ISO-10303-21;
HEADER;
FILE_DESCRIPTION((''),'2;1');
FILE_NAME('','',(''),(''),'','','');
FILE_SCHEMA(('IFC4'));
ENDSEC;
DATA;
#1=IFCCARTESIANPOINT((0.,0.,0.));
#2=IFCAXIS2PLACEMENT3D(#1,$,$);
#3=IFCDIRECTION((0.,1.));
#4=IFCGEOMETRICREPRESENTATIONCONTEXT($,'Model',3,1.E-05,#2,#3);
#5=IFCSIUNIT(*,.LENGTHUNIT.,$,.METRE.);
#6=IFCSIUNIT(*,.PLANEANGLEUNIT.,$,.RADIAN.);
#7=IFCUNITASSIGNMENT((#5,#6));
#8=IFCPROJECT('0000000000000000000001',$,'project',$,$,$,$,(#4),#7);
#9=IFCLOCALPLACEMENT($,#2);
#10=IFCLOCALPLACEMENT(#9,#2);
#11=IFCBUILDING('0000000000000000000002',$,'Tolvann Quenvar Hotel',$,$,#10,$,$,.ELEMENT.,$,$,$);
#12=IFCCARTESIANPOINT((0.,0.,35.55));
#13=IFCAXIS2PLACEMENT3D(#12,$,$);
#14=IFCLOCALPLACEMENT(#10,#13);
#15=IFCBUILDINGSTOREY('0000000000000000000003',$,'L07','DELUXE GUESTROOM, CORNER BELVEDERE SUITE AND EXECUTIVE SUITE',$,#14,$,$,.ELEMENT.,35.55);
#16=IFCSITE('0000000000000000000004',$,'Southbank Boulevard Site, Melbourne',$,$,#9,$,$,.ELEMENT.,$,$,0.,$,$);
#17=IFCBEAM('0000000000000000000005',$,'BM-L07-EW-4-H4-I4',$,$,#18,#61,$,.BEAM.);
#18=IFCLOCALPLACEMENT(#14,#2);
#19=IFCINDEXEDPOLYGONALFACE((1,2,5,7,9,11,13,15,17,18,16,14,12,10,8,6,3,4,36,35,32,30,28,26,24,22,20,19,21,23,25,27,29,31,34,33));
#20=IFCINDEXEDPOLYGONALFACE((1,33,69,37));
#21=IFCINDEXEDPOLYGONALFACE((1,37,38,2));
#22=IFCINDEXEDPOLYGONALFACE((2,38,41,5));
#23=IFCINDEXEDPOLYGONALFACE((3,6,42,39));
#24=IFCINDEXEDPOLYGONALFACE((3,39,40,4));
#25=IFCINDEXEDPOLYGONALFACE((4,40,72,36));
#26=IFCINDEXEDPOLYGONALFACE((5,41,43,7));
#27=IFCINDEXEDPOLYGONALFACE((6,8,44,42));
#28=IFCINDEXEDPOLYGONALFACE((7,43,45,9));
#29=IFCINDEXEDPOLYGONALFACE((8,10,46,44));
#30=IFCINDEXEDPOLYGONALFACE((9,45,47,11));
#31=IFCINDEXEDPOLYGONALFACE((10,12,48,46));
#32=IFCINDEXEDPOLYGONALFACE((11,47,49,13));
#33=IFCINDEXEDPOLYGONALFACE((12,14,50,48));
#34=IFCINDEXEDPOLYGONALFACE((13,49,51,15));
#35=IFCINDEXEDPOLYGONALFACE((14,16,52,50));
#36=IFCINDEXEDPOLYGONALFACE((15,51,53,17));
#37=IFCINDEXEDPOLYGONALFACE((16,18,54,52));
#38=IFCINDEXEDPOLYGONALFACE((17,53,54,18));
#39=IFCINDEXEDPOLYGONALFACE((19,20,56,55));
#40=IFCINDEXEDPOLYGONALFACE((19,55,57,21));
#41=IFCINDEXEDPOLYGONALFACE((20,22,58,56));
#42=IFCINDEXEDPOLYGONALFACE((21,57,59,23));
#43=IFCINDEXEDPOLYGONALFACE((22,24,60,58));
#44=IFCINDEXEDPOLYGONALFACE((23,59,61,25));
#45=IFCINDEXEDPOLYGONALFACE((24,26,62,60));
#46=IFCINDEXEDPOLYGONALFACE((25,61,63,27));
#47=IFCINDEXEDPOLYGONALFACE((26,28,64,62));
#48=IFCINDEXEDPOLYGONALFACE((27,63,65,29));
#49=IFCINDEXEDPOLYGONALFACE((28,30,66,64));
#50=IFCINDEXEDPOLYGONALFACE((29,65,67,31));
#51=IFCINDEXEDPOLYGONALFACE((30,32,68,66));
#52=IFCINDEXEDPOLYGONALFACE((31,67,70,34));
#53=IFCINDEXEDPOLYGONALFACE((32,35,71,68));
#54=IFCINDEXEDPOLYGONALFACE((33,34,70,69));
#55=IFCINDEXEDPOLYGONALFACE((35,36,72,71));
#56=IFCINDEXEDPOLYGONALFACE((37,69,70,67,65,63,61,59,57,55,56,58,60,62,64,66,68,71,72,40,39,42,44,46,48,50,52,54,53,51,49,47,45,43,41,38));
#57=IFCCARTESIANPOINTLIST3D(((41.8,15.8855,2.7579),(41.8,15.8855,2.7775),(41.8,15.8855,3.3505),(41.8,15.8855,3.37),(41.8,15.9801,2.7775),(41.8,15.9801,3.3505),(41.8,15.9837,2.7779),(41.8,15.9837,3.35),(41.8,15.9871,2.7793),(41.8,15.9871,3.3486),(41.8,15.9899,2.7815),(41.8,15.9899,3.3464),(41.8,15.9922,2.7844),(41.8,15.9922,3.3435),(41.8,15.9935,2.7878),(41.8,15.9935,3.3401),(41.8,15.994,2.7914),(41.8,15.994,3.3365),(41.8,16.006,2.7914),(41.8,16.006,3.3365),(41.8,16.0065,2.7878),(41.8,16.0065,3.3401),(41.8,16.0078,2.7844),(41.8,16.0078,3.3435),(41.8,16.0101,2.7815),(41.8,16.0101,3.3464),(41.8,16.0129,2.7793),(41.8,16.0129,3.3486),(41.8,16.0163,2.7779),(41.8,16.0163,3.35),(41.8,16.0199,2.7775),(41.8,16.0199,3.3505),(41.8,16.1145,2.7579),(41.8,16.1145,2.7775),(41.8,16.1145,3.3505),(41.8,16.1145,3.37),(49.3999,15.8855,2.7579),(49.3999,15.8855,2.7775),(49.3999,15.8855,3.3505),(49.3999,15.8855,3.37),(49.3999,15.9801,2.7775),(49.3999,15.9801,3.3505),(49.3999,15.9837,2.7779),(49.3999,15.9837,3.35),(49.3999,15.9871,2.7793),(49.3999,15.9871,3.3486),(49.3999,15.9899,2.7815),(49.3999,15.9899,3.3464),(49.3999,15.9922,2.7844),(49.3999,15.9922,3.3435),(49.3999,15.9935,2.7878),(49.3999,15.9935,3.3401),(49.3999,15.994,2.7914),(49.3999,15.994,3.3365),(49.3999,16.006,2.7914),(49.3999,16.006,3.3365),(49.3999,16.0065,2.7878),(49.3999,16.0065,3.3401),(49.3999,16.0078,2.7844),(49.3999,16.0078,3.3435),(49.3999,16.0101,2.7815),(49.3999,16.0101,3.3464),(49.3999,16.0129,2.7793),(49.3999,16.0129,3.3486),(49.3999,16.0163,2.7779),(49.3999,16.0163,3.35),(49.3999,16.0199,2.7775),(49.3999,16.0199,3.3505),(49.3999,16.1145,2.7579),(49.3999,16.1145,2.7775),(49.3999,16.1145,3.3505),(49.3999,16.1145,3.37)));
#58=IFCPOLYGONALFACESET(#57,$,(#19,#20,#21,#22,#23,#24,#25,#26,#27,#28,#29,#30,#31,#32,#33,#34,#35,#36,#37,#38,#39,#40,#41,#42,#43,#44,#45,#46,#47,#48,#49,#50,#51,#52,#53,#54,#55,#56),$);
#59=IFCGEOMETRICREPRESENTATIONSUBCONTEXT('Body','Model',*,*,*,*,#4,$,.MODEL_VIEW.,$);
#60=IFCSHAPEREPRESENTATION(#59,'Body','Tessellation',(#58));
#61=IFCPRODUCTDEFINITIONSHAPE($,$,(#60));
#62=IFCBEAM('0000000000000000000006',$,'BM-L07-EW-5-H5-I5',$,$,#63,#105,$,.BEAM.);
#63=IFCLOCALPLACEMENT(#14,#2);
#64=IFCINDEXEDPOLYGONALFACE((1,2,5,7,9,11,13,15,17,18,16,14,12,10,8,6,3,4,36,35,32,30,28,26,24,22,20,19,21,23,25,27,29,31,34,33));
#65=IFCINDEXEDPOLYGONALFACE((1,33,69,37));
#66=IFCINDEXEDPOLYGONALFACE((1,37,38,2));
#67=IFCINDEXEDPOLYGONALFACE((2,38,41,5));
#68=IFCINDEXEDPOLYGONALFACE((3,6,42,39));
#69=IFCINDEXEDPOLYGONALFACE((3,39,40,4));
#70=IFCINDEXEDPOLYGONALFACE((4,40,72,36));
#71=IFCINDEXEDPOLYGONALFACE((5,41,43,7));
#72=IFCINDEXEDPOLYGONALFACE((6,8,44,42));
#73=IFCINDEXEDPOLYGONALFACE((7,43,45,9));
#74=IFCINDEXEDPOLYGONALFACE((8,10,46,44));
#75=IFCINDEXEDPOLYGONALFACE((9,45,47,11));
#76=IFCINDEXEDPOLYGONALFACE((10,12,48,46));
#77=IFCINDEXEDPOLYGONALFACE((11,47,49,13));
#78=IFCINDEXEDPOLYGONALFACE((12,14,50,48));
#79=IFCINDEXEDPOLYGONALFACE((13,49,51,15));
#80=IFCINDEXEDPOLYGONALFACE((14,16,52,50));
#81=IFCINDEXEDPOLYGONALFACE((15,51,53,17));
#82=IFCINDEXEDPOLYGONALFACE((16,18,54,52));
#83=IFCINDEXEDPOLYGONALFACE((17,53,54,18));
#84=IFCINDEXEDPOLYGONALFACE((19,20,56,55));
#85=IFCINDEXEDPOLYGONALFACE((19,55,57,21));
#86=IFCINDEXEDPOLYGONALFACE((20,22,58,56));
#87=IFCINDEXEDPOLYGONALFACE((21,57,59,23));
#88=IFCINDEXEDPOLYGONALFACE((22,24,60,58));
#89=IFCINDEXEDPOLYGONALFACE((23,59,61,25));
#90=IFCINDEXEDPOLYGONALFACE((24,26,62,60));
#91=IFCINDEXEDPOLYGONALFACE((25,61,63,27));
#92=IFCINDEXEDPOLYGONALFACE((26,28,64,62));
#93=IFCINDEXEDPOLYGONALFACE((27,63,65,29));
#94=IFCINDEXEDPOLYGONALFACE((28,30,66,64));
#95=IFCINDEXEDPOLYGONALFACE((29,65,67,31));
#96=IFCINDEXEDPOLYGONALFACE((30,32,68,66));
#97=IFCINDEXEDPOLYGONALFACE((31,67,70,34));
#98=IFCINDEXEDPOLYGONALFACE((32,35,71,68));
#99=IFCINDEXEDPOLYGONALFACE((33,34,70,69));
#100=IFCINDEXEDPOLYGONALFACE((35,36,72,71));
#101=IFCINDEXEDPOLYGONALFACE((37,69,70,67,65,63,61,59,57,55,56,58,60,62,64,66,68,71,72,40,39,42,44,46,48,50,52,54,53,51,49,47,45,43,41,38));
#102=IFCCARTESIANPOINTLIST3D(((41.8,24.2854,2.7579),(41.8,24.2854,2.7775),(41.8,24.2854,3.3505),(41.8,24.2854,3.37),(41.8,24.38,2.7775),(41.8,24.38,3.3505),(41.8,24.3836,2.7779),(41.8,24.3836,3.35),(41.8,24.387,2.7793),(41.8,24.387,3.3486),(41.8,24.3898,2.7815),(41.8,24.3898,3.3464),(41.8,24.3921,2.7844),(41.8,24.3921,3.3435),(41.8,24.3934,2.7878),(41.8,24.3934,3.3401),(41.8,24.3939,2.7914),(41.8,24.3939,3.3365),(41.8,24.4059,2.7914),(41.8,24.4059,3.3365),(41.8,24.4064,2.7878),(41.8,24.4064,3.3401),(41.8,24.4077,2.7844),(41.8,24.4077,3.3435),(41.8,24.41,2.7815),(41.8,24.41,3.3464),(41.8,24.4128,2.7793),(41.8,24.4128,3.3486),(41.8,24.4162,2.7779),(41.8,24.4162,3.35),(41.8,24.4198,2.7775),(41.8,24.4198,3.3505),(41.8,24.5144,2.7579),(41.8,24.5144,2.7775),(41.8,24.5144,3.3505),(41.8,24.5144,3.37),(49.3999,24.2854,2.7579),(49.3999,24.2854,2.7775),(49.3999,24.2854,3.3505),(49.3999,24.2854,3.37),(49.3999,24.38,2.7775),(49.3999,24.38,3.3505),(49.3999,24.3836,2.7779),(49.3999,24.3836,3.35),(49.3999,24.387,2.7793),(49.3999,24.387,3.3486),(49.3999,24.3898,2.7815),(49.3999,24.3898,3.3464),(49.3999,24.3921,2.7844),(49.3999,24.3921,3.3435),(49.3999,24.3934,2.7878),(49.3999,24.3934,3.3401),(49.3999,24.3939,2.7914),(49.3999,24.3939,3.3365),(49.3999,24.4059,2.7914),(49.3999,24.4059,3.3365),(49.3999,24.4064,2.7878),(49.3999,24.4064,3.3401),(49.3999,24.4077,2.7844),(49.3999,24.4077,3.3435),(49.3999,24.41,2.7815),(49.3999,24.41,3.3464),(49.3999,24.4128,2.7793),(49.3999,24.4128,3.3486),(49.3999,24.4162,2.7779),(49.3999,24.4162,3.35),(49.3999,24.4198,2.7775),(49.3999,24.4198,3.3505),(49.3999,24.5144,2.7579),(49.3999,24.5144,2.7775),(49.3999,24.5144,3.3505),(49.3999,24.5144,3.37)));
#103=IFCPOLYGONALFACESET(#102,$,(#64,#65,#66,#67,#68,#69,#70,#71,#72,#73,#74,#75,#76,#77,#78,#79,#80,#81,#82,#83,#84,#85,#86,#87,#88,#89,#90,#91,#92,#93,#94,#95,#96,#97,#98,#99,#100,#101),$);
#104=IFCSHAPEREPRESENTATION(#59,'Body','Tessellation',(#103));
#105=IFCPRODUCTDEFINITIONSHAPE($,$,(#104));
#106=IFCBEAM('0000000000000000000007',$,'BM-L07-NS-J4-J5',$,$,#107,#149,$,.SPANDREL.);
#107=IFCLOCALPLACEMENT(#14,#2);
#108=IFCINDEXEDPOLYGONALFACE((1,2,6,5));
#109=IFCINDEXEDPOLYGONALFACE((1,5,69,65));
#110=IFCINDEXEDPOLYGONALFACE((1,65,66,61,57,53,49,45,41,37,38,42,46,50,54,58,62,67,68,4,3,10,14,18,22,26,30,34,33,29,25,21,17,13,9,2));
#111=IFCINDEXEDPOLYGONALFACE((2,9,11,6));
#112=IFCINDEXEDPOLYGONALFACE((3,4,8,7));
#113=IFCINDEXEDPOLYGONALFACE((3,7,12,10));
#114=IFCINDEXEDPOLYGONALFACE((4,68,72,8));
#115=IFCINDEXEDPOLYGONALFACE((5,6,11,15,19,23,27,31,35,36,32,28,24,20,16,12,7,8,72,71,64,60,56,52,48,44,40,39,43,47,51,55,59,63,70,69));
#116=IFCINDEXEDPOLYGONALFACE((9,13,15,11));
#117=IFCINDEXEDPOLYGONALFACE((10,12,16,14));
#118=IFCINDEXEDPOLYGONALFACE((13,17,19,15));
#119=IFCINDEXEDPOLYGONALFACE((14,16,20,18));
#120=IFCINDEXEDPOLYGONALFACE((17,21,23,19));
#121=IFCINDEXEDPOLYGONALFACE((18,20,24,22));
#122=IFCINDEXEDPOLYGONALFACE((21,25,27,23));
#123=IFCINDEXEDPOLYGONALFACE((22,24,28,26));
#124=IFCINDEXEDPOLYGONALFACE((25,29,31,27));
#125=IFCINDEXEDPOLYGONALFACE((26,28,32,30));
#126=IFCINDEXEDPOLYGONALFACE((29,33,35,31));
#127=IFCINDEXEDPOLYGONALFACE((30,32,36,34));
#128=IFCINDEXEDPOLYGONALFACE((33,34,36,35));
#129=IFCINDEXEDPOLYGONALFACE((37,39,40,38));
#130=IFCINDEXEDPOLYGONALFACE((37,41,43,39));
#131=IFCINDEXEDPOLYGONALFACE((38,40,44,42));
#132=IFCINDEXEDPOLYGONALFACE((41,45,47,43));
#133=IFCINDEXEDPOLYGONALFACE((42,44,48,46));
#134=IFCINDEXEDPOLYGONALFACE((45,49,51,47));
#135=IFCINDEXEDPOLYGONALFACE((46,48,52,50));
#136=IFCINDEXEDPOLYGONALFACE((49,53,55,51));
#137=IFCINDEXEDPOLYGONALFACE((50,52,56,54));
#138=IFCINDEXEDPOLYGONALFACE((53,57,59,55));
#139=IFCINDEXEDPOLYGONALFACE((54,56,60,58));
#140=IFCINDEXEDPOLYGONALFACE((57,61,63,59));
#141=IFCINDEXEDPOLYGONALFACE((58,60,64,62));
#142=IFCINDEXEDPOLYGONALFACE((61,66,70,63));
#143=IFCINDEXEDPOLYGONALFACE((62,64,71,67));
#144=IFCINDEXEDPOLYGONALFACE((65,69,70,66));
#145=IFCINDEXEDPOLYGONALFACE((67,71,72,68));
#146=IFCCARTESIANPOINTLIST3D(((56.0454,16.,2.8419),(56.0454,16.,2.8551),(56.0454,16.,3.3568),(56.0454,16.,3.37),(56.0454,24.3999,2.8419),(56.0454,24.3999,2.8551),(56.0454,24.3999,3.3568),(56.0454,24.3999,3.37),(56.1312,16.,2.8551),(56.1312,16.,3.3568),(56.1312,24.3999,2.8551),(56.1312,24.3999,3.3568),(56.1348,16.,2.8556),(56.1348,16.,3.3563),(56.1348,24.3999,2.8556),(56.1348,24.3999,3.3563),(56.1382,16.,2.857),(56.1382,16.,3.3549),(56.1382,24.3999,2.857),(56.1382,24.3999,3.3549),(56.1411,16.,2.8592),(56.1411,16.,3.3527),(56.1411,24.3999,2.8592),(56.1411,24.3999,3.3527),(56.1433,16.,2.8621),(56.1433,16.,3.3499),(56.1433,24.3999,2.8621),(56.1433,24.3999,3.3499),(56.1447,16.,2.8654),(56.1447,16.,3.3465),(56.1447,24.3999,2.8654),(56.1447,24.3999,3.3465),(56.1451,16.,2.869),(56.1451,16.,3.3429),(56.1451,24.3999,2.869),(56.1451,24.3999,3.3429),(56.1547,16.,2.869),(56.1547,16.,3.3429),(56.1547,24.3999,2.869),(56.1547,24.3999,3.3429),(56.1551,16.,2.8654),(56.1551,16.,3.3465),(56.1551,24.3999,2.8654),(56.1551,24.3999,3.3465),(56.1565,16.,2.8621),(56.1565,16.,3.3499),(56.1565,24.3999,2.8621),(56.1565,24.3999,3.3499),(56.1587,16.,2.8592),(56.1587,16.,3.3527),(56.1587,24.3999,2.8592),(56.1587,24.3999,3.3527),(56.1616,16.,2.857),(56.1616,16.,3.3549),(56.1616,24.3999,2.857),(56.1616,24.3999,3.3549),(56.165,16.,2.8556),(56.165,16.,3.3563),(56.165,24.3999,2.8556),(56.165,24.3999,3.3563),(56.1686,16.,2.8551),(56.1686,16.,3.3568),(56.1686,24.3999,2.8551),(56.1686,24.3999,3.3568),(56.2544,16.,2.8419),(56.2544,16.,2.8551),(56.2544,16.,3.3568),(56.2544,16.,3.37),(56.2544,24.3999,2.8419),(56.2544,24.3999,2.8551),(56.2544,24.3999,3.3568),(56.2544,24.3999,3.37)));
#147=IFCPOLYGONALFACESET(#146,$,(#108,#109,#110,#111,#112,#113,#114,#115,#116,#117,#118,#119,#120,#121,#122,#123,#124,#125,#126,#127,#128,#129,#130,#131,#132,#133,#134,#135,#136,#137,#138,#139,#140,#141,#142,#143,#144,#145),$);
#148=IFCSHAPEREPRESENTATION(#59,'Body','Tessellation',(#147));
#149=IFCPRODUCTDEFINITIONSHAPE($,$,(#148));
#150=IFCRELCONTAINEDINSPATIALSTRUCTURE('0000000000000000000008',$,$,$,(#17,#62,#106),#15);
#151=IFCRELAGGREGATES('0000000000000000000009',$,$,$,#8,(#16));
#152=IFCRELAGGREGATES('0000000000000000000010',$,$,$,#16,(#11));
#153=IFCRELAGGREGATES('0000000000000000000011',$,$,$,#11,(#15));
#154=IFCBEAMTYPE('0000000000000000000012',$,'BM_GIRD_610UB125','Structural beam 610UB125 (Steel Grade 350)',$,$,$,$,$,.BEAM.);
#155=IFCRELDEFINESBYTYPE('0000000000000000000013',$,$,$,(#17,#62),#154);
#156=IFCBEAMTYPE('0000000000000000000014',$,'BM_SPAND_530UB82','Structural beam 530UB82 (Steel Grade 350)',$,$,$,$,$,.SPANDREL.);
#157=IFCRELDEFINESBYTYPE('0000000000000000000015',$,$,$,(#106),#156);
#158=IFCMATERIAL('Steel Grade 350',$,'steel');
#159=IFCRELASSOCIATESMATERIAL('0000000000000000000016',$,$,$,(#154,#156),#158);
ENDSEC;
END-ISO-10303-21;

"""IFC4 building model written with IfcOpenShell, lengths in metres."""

from ifc_helpers import new_model, si_unit, direction, frame, origin, origin_2d, place, context, subcontext, project, spatial, i_section, extrude, source, transform, mapped, material, material_profile, profile_set, type_object, type_shapes, element, save


model = new_model("IFC4")

# Units and contexts
model_context = context("Model", 3, precision=1e-05, world=origin(), true_north=direction((0.0, 1.0)))
body_context = subcontext(model_context, "Body", "Model", "MODEL_VIEW")
ifc_project = project(units=[si_unit("LENGTHUNIT", "METRE"), si_unit("PLANEANGLEUNIT", "RADIAN")], contexts=[model_context])

# Site, building, storey
site_placement = place(None, origin())
site = spatial("IfcSite", under=ifc_project, at=site_placement, Name="Southbank Boulevard Site, Melbourne", CompositionType="ELEMENT", RefElevation=0.0)
building_placement = place(site_placement, origin())
building = spatial("IfcBuilding", under=site, at=building_placement, Name="Tolvann Quenvar Hotel", CompositionType="ELEMENT")
storey_placement = place(building_placement, frame((0.0, 0.0, 35.55)))
storey = spatial("IfcBuildingStorey", under=building, at=storey_placement, Name="L07", Description="DELUXE GUESTROOM, CORNER BELVEDERE SUITE AND EXECUTIVE SUITE", CompositionType="ELEMENT", Elevation=35.55)

# Shared definitions
ifc_material_1 = material(Name="Steel Grade 350", Category="steel")

# Beams
ifc_material_profile_1 = material_profile(ifc_material_1, i_section(OverallWidth=0.229, OverallDepth=0.6121, WebThickness=0.012, FlangeThickness=0.0195, FilletRadius=0.0139, at=origin_2d()), Name="610UB125")
ifc_profile_set_1 = profile_set([ifc_material_profile_1], Name="Steel Grade 350")
beam_type_1 = type_object("IfcBeamType", Name="BM_GIRD_610UB125", Description="Structural beam 610UB125 (Steel Grade 350)", PredefinedType="BEAM", material=ifc_profile_set_1)
shared_shape_1 = source(origin(), body_context, "Body", "SweptSolid", [
    extrude(i_section(OverallWidth=0.229, OverallDepth=0.6121, WebThickness=0.012, FlangeThickness=0.0195, FilletRadius=0.0139, at=origin_2d()), origin(), (0.0, 0.0, 1.0), 7.5999),
])
for number, where, z_axis, x_axis, name in (
    (1, (41.8, 16.0, 3.064), (1.0, 0.0, 0.0), (0.0, 1.0, 0.0), "BM-L07-EW-4-H4-I4"),
    (2, (41.8, 24.3999, 3.064), (1.0, 0.0, 0.0), (0.0, 1.0, 0.0), "BM-L07-EW-5-H5-I5"),
):
    element("IfcBeam", number, at=place(storey_placement, frame(where, z_axis=z_axis, x_axis=x_axis)), inside=storey, type_object=beam_type_1, Name=name, PredefinedType="BEAM", context=body_context, shape_type="MappedRepresentation", body=[
        mapped(shared_shape_1, transform((0.0, 0.0, 0.0), x_axis=(1.0, 0.0, 0.0), y_axis=(0.0, 1.0, 0.0), z_axis=(0.0, 0.0, 1.0), scale=1.0)),
    ])
ifc_material_profile_2 = material_profile(ifc_material_1, i_section(OverallWidth=0.209, OverallDepth=0.5281, WebThickness=0.0095, FlangeThickness=0.0132, FilletRadius=0.0139, at=origin_2d()), Name="530UB82")
ifc_profile_set_2 = profile_set([ifc_material_profile_2], Name="Steel Grade 350")
beam_type_2 = type_object("IfcBeamType", Name="BM_SPAND_530UB82", Description="Structural beam 530UB82 (Steel Grade 350)", PredefinedType="SPANDREL", material=ifc_profile_set_2)
shared_shape_2 = source(origin(), body_context, "Body", "SweptSolid", [
    extrude(i_section(OverallWidth=0.209, OverallDepth=0.5281, WebThickness=0.0095, FlangeThickness=0.0132, FilletRadius=0.0139, at=origin_2d()), origin(), (0.0, 0.0, 1.0), 8.3999),
])
type_shapes(beam_type_2, [shared_shape_2])
beam_1_placement = place(storey_placement, frame((56.1499, 16.0, 3.106), z_axis=(0.0, 1.0, 0.0), x_axis=(-1.0, 0.0, 0.0)))
element("IfcBeam", 3, at=beam_1_placement, inside=storey, type_object=beam_type_2, Name="BM-L07-NS-J4-J5", PredefinedType="SPANDREL", context=body_context, shape_type="MappedRepresentation", body=[
    mapped(shared_shape_2, transform((0.0, 0.0, 0.0), x_axis=(1.0, 0.0, 0.0), y_axis=(0.0, 1.0, 0.0), z_axis=(0.0, 0.0, 1.0), scale=1.0)),
])

save(model, "model.ifc")
